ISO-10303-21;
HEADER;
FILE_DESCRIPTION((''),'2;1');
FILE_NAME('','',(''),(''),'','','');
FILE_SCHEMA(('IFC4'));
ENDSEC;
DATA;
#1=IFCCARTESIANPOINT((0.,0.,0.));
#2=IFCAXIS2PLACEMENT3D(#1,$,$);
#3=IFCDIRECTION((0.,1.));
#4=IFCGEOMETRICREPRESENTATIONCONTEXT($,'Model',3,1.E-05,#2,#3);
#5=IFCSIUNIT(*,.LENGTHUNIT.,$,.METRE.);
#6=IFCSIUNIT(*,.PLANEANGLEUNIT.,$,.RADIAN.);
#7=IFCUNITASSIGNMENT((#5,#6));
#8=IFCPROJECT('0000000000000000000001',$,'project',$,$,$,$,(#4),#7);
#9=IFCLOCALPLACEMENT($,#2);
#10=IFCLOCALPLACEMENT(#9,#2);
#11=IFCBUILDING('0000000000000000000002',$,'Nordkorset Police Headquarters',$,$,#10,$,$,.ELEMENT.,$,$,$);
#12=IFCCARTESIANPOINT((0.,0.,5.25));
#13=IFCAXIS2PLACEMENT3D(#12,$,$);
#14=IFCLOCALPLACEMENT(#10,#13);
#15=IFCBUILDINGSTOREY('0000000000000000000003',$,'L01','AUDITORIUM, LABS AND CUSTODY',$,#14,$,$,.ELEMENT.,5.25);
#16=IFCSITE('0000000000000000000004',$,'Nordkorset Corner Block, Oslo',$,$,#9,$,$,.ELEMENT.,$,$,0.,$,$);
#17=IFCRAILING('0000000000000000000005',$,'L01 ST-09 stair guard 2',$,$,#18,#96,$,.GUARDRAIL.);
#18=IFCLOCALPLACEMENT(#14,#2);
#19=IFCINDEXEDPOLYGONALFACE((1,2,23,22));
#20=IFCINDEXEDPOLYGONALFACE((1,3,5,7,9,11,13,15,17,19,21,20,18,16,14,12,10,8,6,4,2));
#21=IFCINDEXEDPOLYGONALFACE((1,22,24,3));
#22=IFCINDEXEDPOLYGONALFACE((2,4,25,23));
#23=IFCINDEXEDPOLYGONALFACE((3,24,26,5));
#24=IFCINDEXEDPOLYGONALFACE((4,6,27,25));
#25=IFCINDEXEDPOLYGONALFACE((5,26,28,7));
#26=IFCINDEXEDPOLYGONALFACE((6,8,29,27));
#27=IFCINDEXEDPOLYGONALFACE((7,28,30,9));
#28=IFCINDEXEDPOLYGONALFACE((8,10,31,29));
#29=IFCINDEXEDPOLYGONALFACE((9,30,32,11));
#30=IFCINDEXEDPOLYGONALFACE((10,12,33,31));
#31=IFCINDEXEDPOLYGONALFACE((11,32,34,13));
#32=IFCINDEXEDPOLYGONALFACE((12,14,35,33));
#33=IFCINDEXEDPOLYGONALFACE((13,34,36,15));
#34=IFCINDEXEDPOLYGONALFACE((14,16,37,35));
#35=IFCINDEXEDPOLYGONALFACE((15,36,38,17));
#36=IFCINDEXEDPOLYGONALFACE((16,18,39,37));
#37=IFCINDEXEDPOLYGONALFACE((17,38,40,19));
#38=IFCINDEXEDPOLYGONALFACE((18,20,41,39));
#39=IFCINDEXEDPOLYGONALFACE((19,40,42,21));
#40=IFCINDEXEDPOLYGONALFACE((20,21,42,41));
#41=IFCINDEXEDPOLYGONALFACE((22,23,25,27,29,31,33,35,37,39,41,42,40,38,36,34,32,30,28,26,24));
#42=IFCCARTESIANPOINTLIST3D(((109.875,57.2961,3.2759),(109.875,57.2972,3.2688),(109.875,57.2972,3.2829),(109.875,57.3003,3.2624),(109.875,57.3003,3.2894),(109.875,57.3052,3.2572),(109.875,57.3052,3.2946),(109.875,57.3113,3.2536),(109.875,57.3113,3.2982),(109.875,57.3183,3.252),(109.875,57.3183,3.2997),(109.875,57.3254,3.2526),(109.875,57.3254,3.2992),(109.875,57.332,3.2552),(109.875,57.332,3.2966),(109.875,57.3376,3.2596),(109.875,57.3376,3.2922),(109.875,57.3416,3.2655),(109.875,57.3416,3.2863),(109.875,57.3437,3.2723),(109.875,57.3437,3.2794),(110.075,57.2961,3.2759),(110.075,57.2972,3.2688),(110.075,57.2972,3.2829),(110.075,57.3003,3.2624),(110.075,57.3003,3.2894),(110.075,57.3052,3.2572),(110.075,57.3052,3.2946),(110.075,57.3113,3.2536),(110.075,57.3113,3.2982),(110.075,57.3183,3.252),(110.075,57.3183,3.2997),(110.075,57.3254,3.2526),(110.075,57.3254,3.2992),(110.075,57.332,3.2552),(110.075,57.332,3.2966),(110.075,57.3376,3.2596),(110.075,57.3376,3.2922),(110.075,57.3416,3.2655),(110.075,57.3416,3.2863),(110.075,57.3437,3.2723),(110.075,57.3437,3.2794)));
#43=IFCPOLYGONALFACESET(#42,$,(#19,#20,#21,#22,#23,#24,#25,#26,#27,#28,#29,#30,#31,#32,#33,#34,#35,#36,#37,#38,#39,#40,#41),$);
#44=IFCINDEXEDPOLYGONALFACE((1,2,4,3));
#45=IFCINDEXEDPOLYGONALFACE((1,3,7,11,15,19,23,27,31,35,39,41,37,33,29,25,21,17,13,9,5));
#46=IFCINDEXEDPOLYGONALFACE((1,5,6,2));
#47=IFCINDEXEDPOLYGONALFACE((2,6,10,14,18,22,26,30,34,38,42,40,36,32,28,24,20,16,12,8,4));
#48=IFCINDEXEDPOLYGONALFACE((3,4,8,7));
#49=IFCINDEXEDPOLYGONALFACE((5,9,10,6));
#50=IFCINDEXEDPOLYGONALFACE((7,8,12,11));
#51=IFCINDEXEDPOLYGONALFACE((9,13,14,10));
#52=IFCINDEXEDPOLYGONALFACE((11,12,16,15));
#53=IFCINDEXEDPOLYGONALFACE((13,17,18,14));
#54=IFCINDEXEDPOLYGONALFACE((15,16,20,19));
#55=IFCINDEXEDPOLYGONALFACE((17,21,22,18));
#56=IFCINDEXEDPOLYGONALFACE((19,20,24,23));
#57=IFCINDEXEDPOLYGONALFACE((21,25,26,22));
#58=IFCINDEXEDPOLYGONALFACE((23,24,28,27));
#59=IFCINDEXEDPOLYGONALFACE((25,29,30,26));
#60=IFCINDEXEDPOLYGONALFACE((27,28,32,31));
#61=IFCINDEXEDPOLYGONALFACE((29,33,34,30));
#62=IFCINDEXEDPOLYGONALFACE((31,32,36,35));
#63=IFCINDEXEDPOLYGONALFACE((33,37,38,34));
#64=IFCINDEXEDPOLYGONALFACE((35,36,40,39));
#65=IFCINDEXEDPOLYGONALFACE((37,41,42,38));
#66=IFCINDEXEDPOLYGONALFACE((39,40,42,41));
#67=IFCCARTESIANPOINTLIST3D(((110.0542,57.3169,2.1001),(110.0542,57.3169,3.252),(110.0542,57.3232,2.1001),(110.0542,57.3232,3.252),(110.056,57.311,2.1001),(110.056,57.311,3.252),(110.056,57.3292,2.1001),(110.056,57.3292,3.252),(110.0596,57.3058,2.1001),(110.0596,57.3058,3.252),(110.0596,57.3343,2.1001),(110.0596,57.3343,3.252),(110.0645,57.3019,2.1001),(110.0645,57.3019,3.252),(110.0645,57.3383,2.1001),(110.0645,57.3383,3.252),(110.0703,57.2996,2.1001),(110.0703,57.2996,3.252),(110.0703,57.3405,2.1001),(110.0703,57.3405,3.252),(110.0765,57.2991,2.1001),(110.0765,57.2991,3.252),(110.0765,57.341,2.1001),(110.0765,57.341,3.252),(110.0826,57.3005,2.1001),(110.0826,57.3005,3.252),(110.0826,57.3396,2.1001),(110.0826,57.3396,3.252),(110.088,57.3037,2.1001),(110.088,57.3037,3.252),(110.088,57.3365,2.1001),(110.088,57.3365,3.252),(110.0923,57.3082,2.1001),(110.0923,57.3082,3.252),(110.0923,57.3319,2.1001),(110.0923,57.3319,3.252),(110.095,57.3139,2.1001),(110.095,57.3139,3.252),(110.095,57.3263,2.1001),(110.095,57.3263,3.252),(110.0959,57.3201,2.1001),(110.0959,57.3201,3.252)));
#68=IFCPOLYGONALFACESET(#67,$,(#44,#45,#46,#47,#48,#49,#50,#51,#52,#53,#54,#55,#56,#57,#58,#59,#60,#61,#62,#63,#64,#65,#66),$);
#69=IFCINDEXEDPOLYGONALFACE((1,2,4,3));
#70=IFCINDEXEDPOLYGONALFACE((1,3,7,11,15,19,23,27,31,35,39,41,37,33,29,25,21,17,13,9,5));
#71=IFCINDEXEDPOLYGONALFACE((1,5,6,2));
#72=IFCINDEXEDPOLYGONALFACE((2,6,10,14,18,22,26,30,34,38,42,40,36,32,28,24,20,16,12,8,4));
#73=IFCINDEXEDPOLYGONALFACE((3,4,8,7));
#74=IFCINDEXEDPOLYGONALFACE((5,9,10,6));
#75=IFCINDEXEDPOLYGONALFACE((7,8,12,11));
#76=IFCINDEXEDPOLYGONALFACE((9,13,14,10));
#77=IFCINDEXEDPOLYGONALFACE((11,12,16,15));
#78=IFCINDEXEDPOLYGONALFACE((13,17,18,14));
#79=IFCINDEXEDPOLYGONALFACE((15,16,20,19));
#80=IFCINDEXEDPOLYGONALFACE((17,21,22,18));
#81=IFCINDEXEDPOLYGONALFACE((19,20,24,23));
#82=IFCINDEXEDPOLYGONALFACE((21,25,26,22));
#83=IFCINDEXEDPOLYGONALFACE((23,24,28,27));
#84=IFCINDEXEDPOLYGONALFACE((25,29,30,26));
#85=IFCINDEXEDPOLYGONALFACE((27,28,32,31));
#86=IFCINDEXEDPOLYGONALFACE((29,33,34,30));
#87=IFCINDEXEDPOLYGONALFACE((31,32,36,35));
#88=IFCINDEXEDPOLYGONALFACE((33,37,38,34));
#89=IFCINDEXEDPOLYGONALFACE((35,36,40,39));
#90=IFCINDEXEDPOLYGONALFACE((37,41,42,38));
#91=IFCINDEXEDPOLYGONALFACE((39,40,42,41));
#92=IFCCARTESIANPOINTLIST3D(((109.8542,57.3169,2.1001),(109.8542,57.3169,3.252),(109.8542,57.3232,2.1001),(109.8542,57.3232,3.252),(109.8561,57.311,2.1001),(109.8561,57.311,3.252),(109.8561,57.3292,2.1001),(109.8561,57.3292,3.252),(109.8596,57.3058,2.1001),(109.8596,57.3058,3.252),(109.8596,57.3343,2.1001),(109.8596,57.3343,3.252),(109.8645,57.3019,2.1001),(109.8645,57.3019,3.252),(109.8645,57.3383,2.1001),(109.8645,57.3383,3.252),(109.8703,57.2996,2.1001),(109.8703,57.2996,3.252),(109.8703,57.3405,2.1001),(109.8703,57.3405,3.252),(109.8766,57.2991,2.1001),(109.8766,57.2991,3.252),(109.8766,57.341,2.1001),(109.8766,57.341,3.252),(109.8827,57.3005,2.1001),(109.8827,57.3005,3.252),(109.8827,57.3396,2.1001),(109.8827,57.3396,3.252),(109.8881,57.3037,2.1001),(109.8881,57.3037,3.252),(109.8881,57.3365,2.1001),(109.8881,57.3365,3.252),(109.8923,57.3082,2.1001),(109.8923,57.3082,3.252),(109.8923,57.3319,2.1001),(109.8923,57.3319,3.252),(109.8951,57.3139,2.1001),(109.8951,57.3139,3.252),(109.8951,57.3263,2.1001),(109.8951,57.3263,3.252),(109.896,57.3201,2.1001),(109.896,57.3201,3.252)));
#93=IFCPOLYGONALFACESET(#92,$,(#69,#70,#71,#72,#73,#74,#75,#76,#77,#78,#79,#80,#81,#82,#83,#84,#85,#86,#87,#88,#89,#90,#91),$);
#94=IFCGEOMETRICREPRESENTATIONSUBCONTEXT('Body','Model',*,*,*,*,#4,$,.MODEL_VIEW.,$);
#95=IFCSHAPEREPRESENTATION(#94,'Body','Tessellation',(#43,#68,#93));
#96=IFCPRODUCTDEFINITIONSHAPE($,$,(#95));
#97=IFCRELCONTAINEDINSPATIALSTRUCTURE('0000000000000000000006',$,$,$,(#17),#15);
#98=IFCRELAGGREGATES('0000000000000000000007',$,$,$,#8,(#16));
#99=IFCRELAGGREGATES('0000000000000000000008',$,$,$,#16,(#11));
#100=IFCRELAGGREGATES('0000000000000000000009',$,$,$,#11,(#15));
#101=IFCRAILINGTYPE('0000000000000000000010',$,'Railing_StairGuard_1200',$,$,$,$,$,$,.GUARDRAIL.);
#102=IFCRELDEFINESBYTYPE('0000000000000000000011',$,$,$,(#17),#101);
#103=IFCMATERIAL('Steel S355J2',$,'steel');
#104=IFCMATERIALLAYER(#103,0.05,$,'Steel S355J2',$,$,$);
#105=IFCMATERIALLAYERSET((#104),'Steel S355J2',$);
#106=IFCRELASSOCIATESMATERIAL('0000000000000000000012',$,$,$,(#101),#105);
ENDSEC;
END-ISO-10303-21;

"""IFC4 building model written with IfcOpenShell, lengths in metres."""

from ifc_helpers import new_model, si_unit, direction, frame, origin, origin_2d, place, context, subcontext, project, spatial, circle, extrude, material, layer, layer_set, type_object, element, save


model = new_model("IFC4")

# Units and contexts
model_context = context("Model", 3, precision=1e-05, world=origin(), true_north=direction((0.0, 1.0)))
body_context = subcontext(model_context, "Body", "Model", "MODEL_VIEW")
ifc_project = project(units=[si_unit("LENGTHUNIT", "METRE"), si_unit("PLANEANGLEUNIT", "RADIAN")], contexts=[model_context])

# Site, building, storey
site_placement = place(None, origin())
site = spatial("IfcSite", under=ifc_project, at=site_placement, Name="Nordkorset Corner Block, Oslo", CompositionType="ELEMENT", RefElevation=0.0)
building_placement = place(site_placement, origin())
building = spatial("IfcBuilding", under=site, at=building_placement, Name="Nordkorset Police Headquarters", CompositionType="ELEMENT")
storey_placement = place(building_placement, frame((0.0, 0.0, 5.25)))
storey = spatial("IfcBuildingStorey", under=building, at=storey_placement, Name="L01", Description="AUDITORIUM, LABS AND CUSTODY", CompositionType="ELEMENT", Elevation=5.25)

# Railing
ifc_material_1 = material(Name="Steel S355J2", Category="steel")
ifc_layer_1 = layer(ifc_material_1, 0.05, Name="Steel S355J2")
ifc_layer_set_1 = layer_set([ifc_layer_1], Name="Steel S355J2")
railing_type_1 = type_object("IfcRailingType", Name="Railing_StairGuard_1200", PredefinedType="GUARDRAIL", material=ifc_layer_set_1)
railing_1_placement = place(storey_placement, frame((110.075, 57.3201, 2.1001)))
element("IfcRailing", 1, at=railing_1_placement, inside=storey, type_object=railing_type_1, Name="L01 ST-09 stair guard 2", PredefinedType="GUARDRAIL", context=body_context, shape_type="SweptSolid", body=[
    extrude(circle(Radius=0.0239, at=origin_2d()), frame((0.0, 0.0, 1.1758), z_axis=(-1.0, 0.0, 0.0), x_axis=(0.0, -1.0, 0.0)), (0.0, 0.0, 1.0), 0.2),
    extrude(circle(Radius=0.021, at=origin_2d()), origin(), (0.0, 0.0, 1.0), 1.1519),
    extrude(circle(Radius=0.021, at=origin_2d()), frame((-0.2, 0.0, 0.0)), (0.0, 0.0, 1.0), 1.1519),
])

save(model, "model.ifc")
